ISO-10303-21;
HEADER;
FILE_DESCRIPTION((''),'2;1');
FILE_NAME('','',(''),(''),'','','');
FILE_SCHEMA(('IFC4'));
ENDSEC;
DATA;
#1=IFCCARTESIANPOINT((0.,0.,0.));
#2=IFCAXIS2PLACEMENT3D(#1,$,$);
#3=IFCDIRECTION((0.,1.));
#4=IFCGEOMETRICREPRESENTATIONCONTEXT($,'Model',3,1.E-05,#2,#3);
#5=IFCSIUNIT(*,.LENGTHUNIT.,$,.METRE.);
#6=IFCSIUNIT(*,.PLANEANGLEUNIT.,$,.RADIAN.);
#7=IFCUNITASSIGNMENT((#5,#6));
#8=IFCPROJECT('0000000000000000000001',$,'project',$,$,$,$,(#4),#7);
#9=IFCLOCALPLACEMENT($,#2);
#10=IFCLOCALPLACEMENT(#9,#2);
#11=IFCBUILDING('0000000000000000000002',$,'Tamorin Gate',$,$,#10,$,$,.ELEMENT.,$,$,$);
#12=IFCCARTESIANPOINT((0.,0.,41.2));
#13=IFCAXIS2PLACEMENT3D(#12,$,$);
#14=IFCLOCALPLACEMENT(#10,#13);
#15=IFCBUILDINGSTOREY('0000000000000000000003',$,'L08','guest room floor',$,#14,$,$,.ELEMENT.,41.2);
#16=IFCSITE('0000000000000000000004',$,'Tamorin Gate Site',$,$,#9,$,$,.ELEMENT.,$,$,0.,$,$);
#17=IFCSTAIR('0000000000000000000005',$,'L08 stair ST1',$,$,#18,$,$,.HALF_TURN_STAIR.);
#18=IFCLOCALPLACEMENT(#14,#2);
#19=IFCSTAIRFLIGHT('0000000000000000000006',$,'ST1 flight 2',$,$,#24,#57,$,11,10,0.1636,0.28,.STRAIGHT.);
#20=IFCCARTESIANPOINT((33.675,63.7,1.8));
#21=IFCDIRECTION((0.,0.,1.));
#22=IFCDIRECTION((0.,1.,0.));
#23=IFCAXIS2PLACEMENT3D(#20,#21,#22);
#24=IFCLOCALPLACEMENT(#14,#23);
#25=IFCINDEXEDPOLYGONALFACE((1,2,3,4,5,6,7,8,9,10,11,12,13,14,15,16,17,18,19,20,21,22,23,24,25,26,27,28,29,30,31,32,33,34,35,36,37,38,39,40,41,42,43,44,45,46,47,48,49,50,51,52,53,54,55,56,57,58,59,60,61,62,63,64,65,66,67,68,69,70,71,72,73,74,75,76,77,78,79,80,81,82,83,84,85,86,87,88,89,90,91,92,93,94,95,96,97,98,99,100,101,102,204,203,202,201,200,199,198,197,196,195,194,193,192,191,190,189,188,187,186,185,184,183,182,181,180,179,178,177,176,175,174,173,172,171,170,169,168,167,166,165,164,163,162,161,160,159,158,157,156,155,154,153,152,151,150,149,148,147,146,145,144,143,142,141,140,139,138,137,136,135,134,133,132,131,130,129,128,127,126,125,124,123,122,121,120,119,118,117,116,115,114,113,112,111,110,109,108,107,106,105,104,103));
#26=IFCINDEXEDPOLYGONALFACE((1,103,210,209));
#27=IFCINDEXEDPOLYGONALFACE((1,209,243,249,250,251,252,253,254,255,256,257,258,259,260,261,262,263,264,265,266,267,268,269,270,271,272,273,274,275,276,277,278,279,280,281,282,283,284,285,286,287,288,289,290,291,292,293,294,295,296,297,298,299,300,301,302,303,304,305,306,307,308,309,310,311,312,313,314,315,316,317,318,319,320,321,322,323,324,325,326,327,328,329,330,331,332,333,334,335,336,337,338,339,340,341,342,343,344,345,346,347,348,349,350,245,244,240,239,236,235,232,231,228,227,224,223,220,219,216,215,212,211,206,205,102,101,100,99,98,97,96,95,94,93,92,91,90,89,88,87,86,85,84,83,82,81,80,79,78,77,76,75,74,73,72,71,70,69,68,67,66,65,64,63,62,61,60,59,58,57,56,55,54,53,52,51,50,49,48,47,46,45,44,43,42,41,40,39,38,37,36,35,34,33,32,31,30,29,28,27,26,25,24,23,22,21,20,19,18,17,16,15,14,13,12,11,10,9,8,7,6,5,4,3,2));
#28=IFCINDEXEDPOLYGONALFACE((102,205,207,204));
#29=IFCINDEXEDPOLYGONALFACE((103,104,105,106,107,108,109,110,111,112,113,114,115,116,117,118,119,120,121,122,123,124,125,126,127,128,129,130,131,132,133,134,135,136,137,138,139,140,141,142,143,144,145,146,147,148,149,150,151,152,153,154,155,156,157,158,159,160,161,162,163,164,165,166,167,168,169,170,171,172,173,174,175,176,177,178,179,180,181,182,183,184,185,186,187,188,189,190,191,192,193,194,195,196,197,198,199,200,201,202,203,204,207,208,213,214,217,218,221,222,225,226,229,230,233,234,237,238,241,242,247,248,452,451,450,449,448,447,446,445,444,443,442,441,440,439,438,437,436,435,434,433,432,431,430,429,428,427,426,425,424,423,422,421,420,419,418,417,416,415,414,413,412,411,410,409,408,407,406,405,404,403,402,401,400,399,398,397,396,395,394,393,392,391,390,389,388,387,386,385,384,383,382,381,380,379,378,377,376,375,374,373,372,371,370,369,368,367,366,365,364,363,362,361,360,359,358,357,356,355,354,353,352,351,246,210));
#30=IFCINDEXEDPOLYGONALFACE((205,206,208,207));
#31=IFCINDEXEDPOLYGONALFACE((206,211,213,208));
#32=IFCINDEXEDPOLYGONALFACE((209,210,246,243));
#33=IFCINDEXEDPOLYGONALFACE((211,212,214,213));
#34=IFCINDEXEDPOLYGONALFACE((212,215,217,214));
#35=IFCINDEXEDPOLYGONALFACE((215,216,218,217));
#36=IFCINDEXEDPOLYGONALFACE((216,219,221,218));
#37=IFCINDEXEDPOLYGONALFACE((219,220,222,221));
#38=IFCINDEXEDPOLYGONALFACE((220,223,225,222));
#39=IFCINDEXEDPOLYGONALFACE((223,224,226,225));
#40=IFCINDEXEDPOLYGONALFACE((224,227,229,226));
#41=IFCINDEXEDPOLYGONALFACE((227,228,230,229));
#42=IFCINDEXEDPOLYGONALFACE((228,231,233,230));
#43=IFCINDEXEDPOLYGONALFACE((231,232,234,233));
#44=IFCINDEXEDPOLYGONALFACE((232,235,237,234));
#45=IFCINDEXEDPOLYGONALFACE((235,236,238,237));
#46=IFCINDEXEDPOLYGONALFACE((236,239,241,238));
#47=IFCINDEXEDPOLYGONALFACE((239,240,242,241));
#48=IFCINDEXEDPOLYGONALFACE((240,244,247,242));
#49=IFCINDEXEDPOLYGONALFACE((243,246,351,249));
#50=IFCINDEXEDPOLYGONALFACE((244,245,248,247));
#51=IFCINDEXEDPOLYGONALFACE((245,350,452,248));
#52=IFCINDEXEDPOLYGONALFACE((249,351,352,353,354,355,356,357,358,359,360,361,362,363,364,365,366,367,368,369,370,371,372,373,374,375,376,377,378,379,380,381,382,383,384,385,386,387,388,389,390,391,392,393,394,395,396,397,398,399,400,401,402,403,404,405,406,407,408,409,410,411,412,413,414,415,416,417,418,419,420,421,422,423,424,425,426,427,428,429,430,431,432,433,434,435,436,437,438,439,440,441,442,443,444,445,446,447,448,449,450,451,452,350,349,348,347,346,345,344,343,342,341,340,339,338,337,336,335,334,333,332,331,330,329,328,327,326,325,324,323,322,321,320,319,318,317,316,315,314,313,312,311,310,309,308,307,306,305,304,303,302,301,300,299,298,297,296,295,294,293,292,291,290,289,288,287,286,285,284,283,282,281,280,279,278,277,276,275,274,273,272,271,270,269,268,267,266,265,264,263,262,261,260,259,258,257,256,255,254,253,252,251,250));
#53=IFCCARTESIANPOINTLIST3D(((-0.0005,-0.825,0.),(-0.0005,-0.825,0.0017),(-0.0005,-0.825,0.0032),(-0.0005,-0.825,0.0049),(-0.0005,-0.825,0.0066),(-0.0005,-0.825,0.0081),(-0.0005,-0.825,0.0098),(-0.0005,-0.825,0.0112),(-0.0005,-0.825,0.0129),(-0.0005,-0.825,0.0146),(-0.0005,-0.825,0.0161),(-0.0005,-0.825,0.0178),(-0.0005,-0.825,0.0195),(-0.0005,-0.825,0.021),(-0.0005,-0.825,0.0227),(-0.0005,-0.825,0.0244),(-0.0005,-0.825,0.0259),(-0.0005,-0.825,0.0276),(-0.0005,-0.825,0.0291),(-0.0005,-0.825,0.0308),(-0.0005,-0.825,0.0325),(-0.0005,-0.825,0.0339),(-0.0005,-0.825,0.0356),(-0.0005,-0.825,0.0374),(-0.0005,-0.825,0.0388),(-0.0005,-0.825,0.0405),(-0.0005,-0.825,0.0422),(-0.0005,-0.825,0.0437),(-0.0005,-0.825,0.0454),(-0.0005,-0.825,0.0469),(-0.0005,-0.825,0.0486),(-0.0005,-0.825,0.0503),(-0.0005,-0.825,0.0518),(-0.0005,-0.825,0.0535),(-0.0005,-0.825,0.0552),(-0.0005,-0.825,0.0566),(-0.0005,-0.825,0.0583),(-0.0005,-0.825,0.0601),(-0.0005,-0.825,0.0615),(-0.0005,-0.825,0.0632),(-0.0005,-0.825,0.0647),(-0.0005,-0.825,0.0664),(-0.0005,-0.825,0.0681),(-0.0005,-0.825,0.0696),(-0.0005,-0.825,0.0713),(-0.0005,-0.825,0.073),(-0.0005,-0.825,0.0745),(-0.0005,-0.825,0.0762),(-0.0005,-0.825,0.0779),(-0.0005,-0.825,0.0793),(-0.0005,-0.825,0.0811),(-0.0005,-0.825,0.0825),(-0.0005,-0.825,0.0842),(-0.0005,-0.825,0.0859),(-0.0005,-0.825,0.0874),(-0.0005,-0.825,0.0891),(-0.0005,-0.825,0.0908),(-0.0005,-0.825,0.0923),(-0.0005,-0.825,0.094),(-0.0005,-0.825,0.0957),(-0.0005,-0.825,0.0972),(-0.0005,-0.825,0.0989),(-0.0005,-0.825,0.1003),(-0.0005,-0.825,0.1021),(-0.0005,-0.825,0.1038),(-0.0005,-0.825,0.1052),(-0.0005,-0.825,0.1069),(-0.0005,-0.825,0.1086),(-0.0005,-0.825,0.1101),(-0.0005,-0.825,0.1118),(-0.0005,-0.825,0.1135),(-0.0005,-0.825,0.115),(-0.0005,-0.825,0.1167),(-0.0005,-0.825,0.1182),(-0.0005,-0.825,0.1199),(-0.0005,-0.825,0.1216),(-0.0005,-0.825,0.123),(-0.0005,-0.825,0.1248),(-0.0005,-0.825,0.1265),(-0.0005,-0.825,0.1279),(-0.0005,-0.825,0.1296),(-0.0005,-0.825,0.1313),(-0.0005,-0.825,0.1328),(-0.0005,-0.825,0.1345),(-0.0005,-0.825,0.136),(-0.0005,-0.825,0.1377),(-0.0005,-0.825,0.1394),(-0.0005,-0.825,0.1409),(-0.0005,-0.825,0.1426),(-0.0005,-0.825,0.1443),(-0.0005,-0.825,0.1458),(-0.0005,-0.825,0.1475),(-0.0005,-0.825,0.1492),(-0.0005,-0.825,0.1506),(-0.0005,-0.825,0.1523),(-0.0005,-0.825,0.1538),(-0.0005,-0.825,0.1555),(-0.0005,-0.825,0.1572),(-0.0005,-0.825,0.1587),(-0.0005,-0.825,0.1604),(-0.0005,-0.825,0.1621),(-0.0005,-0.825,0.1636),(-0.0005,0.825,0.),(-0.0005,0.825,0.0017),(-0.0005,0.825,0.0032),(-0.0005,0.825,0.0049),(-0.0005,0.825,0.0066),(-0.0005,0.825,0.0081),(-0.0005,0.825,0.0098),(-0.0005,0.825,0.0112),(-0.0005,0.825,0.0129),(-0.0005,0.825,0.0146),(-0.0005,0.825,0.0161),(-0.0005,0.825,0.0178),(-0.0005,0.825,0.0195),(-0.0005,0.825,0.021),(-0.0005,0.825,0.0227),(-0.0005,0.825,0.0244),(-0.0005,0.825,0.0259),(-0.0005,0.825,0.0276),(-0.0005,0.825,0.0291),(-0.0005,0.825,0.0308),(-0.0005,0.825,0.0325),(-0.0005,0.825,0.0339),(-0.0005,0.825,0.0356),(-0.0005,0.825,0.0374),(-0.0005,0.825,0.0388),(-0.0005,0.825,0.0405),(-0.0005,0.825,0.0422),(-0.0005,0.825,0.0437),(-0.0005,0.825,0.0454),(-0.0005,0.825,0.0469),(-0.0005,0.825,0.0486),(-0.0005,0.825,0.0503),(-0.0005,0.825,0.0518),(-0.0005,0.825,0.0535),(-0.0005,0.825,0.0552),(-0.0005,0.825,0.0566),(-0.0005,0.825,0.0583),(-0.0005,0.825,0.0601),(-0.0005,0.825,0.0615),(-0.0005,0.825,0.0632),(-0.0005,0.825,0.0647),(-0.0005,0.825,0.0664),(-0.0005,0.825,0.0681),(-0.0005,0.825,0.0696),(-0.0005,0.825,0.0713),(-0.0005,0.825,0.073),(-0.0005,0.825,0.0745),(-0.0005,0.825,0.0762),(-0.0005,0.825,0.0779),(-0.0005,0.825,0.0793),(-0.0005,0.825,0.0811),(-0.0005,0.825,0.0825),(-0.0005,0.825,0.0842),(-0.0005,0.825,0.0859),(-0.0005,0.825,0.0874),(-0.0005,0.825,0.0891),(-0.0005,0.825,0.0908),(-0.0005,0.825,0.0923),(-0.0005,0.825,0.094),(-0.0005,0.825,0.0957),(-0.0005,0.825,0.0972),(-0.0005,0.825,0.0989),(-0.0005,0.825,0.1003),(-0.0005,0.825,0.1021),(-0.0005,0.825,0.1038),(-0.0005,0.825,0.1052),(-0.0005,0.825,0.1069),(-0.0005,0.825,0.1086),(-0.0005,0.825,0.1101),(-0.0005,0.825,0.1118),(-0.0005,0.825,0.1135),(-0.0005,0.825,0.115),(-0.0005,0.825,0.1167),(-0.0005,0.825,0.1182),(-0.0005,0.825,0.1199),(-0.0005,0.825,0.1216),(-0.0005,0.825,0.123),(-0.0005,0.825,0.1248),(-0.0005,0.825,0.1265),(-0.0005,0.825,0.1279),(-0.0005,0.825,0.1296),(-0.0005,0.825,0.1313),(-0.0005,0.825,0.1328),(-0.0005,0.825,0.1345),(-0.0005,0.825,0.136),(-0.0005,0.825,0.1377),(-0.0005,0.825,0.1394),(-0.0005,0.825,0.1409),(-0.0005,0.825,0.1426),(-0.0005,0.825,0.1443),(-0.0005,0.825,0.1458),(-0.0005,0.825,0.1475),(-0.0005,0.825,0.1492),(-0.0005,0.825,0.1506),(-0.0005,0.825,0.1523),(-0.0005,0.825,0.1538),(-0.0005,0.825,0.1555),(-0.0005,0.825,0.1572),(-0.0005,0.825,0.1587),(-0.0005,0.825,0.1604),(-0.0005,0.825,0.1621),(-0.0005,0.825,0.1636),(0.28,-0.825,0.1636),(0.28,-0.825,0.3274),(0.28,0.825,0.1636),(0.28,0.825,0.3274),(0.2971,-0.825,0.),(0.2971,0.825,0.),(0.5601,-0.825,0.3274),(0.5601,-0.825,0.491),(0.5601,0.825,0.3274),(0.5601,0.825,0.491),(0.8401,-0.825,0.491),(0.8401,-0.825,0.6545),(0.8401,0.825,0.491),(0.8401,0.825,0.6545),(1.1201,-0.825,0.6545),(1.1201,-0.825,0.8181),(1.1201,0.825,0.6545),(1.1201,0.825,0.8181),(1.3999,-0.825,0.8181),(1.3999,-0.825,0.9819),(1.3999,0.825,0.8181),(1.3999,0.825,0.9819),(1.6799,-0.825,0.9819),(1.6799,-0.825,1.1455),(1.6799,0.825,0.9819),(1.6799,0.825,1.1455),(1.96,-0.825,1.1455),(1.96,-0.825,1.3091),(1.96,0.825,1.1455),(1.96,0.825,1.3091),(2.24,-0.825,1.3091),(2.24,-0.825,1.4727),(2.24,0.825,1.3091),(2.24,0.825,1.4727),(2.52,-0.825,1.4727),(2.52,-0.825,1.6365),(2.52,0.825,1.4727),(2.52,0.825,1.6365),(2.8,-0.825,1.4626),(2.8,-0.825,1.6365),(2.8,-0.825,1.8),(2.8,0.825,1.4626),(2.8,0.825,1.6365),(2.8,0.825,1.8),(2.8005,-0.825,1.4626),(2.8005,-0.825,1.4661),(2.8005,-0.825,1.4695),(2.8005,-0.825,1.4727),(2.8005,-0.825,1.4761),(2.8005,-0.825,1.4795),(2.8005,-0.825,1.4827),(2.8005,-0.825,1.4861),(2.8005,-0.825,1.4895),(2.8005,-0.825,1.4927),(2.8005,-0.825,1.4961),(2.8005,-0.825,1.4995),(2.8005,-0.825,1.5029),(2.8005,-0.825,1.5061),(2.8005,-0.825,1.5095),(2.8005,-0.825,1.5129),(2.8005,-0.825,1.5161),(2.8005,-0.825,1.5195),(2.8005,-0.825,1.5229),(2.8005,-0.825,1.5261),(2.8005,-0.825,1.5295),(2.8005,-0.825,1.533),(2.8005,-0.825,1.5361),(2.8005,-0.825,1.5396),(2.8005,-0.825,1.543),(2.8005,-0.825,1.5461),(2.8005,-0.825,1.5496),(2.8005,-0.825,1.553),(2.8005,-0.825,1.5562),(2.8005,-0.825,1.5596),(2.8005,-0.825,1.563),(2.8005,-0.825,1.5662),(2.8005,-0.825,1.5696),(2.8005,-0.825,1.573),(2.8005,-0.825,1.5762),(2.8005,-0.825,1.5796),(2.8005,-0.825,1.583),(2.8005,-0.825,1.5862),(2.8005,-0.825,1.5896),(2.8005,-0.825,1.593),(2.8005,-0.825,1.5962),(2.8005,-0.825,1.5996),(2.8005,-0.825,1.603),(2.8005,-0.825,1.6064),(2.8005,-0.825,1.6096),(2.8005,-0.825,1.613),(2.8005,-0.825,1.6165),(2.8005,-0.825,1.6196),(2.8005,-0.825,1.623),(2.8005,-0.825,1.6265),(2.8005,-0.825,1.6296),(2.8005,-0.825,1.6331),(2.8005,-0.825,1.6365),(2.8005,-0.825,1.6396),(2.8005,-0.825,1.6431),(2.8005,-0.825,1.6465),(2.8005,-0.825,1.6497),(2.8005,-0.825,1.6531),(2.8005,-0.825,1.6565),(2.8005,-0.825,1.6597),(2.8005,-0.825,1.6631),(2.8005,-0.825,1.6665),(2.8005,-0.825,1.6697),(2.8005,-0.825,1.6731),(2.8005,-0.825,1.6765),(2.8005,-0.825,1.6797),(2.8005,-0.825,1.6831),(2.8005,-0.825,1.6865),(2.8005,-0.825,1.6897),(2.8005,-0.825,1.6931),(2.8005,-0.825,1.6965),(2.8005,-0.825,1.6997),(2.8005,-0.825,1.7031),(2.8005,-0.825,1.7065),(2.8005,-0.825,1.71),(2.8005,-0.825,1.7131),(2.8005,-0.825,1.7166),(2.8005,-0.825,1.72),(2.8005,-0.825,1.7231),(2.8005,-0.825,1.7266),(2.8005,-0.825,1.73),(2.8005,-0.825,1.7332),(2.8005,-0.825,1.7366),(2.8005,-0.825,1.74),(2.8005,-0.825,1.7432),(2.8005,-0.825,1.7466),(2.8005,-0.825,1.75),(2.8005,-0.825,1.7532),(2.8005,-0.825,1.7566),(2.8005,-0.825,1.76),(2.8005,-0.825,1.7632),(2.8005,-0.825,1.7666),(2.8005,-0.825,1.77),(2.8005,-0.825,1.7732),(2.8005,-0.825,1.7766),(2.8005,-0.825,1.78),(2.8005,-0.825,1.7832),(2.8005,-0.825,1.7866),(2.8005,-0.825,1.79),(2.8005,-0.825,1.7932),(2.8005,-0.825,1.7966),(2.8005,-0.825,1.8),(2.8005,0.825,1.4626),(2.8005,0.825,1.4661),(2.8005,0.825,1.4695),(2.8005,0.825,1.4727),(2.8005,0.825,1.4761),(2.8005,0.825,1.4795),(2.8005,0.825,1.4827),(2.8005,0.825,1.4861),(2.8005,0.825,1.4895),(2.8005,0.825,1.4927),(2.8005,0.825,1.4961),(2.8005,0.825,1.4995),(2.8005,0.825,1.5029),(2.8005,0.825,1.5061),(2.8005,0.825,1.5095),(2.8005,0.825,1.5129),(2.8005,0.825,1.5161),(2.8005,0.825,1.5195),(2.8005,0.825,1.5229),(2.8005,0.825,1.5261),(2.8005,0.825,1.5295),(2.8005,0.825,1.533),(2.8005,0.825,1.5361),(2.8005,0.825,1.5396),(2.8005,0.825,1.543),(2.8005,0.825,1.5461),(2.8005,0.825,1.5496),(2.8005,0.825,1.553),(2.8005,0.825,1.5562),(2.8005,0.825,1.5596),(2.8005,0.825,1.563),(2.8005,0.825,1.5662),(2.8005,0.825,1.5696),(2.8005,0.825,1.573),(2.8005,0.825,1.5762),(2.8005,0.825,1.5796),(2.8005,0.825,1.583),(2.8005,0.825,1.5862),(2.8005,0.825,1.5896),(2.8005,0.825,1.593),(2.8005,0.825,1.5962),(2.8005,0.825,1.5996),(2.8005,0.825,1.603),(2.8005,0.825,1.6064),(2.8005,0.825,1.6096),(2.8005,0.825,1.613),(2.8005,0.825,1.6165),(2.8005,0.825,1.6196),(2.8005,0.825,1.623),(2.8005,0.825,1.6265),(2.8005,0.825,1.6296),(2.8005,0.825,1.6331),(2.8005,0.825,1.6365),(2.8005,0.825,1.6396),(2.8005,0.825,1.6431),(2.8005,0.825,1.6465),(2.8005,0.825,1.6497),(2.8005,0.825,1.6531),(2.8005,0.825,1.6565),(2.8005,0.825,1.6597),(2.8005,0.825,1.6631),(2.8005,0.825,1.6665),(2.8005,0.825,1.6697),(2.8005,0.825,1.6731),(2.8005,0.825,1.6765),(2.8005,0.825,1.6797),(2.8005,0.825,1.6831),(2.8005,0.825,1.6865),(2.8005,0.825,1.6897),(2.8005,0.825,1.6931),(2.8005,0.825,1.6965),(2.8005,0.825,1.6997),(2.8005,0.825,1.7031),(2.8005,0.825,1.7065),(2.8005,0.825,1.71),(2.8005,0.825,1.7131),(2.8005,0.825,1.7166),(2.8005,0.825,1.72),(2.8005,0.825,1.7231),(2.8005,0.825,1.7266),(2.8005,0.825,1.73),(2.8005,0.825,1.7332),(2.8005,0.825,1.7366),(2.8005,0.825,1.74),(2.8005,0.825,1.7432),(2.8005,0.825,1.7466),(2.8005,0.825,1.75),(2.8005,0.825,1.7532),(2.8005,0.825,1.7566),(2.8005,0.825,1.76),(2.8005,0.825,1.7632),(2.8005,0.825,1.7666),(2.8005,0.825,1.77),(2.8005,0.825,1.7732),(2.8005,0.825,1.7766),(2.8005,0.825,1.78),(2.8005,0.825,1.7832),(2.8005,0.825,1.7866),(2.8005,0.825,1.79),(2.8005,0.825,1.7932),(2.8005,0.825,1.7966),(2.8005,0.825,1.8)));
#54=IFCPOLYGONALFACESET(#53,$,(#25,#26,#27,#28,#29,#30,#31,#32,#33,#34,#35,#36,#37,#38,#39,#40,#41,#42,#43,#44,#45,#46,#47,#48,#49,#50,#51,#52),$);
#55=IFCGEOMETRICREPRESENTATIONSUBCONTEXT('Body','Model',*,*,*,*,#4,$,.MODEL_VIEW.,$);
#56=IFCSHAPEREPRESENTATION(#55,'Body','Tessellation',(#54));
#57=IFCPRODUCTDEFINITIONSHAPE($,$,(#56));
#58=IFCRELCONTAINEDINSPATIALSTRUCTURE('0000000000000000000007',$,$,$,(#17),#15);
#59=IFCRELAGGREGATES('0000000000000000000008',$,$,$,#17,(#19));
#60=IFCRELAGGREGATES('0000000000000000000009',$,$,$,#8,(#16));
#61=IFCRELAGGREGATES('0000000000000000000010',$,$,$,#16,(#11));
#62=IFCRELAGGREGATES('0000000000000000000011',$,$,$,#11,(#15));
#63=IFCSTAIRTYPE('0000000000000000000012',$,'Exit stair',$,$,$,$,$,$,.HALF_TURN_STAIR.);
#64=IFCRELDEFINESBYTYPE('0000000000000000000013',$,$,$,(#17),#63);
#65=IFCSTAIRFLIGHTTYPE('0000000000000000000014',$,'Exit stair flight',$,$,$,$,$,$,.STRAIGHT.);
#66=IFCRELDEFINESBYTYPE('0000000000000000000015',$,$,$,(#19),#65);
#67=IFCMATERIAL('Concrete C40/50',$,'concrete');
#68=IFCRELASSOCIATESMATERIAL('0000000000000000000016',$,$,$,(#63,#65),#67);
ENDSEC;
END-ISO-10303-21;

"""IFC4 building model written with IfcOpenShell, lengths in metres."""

from ifc_helpers import new_model, si_unit, direction, frame, origin, place, context, subcontext, project, spatial, polyline, outline, extrude, material, type_object, element, aggregate, save


model = new_model("IFC4")

# Units and contexts
model_context = context("Model", 3, precision=1e-05, world=origin(), true_north=direction((0.0, 1.0)))
body_context = subcontext(model_context, "Body", "Model", "MODEL_VIEW")
ifc_project = project(units=[si_unit("LENGTHUNIT", "METRE"), si_unit("PLANEANGLEUNIT", "RADIAN")], contexts=[model_context])

# Site, building, storey
site_placement = place(None, origin())
site = spatial("IfcSite", under=ifc_project, at=site_placement, Name="Tamorin Gate Site", CompositionType="ELEMENT", RefElevation=0.0)
building_placement = place(site_placement, origin())
building = spatial("IfcBuilding", under=site, at=building_placement, Name="Tamorin Gate", CompositionType="ELEMENT")
storey_placement = place(building_placement, frame((0.0, 0.0, 41.2)))
storey = spatial("IfcBuildingStorey", under=building, at=storey_placement, Name="L08", Description="guest room floor", CompositionType="ELEMENT", Elevation=41.2)

# Shared definitions
ifc_material_1 = material(Name="Concrete C40/50", Category="concrete")

# Stair, stair flight
stair_type = type_object("IfcStairType", Name="Exit stair", PredefinedType="HALF_TURN_STAIR", material=ifc_material_1)
stair_placement = place(storey_placement, origin())
stair = element("IfcStair", 1, at=stair_placement, inside=storey, type_object=stair_type, Name="L08 stair ST1", PredefinedType="HALF_TURN_STAIR")
stair_flight_type = type_object("IfcStairFlightType", Name="Exit stair flight", PredefinedType="STRAIGHT", material=ifc_material_1)
stair_flight_1_placement = place(storey_placement, frame((33.675, 63.7, 1.8), z_axis=(0.0, 0.0, 1.0), x_axis=(0.0, 1.0, 0.0)))
stair_flight_1 = element("IfcStairFlight", 2, at=stair_flight_1_placement, type_object=stair_flight_type, Name="ST1 flight 2", NumberOfRisers=11, NumberOfTreads=10, PredefinedType="STRAIGHT", RiserHeight=0.1636, TreadLength=0.28, context=body_context, shape_type="SweptSolid", body=[
    extrude(outline(polyline([(-0.0005, 0.0), (-0.0005, 0.0017), (-0.0005, 0.0032), (-0.0005, 0.0049), (-0.0005, 0.0066), (-0.0005, 0.0081), (-0.0005, 0.0098), (-0.0005, 0.0112), (-0.0005, 0.0129), (-0.0005, 0.0146), (-0.0005, 0.0161), (-0.0005, 0.0178), (-0.0005, 0.0195), (-0.0005, 0.021), (-0.0005, 0.0227), (-0.0005, 0.0244), (-0.0005, 0.0259), (-0.0005, 0.0276), (-0.0005, 0.0291), (-0.0005, 0.0308), (-0.0005, 0.0325), (-0.0005, 0.0339), (-0.0005, 0.0356), (-0.0005, 0.0374), (-0.0005, 0.0388), (-0.0005, 0.0405), (-0.0005, 0.0422), (-0.0005, 0.0437), (-0.0005, 0.0454), (-0.0005, 0.0469), (-0.0005, 0.0486), (-0.0005, 0.0503), (-0.0005, 0.0518), (-0.0005, 0.0535), (-0.0005, 0.0552), (-0.0005, 0.0566), (-0.0005, 0.0583), (-0.0005, 0.0601), (-0.0005, 0.0615), (-0.0005, 0.0632), (-0.0005, 0.0647), (-0.0005, 0.0664), (-0.0005, 0.0681), (-0.0005, 0.0696), (-0.0005, 0.0713), (-0.0005, 0.073), (-0.0005, 0.0745), (-0.0005, 0.0762), (-0.0005, 0.0779), (-0.0005, 0.0793), (-0.0005, 0.0811), (-0.0005, 0.0825), (-0.0005, 0.0842), (-0.0005, 0.0859), (-0.0005, 0.0874), (-0.0005, 0.0891), (-0.0005, 0.0908), (-0.0005, 0.0923), (-0.0005, 0.094), (-0.0005, 0.0957), (-0.0005, 0.0972), (-0.0005, 0.0989), (-0.0005, 0.1003), (-0.0005, 0.1021), (-0.0005, 0.1038), (-0.0005, 0.1052), (-0.0005, 0.1069), (-0.0005, 0.1086), (-0.0005, 0.1101), (-0.0005, 0.1118), (-0.0005, 0.1135), (-0.0005, 0.115), (-0.0005, 0.1167), (-0.0005, 0.1182), (-0.0005, 0.1199), (-0.0005, 0.1216), (-0.0005, 0.123), (-0.0005, 0.1248), (-0.0005, 0.1265), (-0.0005, 0.1279), (-0.0005, 0.1296), (-0.0005, 0.1313), (-0.0005, 0.1328), (-0.0005, 0.1345), (-0.0005, 0.136), (-0.0005, 0.1377), (-0.0005, 0.1394), (-0.0005, 0.1409), (-0.0005, 0.1426), (-0.0005, 0.1443), (-0.0005, 0.1458), (-0.0005, 0.1475), (-0.0005, 0.1492), (-0.0005, 0.1506), (-0.0005, 0.1523), (-0.0005, 0.1538), (-0.0005, 0.1555), (-0.0005, 0.1572), (-0.0005, 0.1587), (-0.0005, 0.1604), (-0.0005, 0.1621), (-0.0005, 0.1636), (0.28, 0.1636), (0.28, 0.3274), (0.5601, 0.3274), (0.5601, 0.491), (0.8401, 0.491), (0.8401, 0.6545), (1.1201, 0.6545), (1.1201, 0.8181), (1.3999, 0.8181), (1.3999, 0.9819), (1.6799, 0.9819), (1.6799, 1.1455), (1.96, 1.1455), (1.96, 1.3091), (2.24, 1.3091), (2.24, 1.4727), (2.52, 1.4727), (2.52, 1.6365), (2.8, 1.6365), (2.8, 1.8), (2.8005, 1.8), (2.8005, 1.7966), (2.8005, 1.7932), (2.8005, 1.79), (2.8005, 1.7866), (2.8005, 1.7832), (2.8005, 1.78), (2.8005, 1.7766), (2.8005, 1.7732), (2.8005, 1.77), (2.8005, 1.7666), (2.8005, 1.7632), (2.8005, 1.76), (2.8005, 1.7566), (2.8005, 1.7532), (2.8005, 1.75), (2.8005, 1.7466), (2.8005, 1.7432), (2.8005, 1.74), (2.8005, 1.7366), (2.8005, 1.7332), (2.8005, 1.73), (2.8005, 1.7266), (2.8005, 1.7231), (2.8005, 1.72), (2.8005, 1.7166), (2.8005, 1.7131), (2.8005, 1.71), (2.8005, 1.7065), (2.8005, 1.7031), (2.8005, 1.6997), (2.8005, 1.6965), (2.8005, 1.6931), (2.8005, 1.6897), (2.8005, 1.6865), (2.8005, 1.6831), (2.8005, 1.6797), (2.8005, 1.6765), (2.8005, 1.6731), (2.8005, 1.6697), (2.8005, 1.6665), (2.8005, 1.6631), (2.8005, 1.6597), (2.8005, 1.6565), (2.8005, 1.6531), (2.8005, 1.6497), (2.8005, 1.6465), (2.8005, 1.6431), (2.8005, 1.6396), (2.8005, 1.6365), (2.8005, 1.6331), (2.8005, 1.6296), (2.8005, 1.6265), (2.8005, 1.623), (2.8005, 1.6196), (2.8005, 1.6165), (2.8005, 1.613), (2.8005, 1.6096), (2.8005, 1.6064), (2.8005, 1.603), (2.8005, 1.5996), (2.8005, 1.5962), (2.8005, 1.593), (2.8005, 1.5896), (2.8005, 1.5862), (2.8005, 1.583), (2.8005, 1.5796), (2.8005, 1.5762), (2.8005, 1.573), (2.8005, 1.5696), (2.8005, 1.5662), (2.8005, 1.563), (2.8005, 1.5596), (2.8005, 1.5562), (2.8005, 1.553), (2.8005, 1.5496), (2.8005, 1.5461), (2.8005, 1.543), (2.8005, 1.5396), (2.8005, 1.5361), (2.8005, 1.533), (2.8005, 1.5295), (2.8005, 1.5261), (2.8005, 1.5229), (2.8005, 1.5195), (2.8005, 1.5161), (2.8005, 1.5129), (2.8005, 1.5095), (2.8005, 1.5061), (2.8005, 1.5029), (2.8005, 1.4995), (2.8005, 1.4961), (2.8005, 1.4927), (2.8005, 1.4895), (2.8005, 1.4861), (2.8005, 1.4827), (2.8005, 1.4795), (2.8005, 1.4761), (2.8005, 1.4727), (2.8005, 1.4695), (2.8005, 1.4661), (2.8005, 1.4626), (2.8, 1.4626), (0.2971, 0.0), (-0.0005, 0.0)])), frame((0.0, 0.825, 0.0), z_axis=(0.0, -1.0, 0.0), x_axis=(1.0, 0.0, 0.0)), (0.0, 0.0, 1.0), 1.6499),
])
aggregate(stair, [stair_flight_1])

save(model, "model.ifc")
